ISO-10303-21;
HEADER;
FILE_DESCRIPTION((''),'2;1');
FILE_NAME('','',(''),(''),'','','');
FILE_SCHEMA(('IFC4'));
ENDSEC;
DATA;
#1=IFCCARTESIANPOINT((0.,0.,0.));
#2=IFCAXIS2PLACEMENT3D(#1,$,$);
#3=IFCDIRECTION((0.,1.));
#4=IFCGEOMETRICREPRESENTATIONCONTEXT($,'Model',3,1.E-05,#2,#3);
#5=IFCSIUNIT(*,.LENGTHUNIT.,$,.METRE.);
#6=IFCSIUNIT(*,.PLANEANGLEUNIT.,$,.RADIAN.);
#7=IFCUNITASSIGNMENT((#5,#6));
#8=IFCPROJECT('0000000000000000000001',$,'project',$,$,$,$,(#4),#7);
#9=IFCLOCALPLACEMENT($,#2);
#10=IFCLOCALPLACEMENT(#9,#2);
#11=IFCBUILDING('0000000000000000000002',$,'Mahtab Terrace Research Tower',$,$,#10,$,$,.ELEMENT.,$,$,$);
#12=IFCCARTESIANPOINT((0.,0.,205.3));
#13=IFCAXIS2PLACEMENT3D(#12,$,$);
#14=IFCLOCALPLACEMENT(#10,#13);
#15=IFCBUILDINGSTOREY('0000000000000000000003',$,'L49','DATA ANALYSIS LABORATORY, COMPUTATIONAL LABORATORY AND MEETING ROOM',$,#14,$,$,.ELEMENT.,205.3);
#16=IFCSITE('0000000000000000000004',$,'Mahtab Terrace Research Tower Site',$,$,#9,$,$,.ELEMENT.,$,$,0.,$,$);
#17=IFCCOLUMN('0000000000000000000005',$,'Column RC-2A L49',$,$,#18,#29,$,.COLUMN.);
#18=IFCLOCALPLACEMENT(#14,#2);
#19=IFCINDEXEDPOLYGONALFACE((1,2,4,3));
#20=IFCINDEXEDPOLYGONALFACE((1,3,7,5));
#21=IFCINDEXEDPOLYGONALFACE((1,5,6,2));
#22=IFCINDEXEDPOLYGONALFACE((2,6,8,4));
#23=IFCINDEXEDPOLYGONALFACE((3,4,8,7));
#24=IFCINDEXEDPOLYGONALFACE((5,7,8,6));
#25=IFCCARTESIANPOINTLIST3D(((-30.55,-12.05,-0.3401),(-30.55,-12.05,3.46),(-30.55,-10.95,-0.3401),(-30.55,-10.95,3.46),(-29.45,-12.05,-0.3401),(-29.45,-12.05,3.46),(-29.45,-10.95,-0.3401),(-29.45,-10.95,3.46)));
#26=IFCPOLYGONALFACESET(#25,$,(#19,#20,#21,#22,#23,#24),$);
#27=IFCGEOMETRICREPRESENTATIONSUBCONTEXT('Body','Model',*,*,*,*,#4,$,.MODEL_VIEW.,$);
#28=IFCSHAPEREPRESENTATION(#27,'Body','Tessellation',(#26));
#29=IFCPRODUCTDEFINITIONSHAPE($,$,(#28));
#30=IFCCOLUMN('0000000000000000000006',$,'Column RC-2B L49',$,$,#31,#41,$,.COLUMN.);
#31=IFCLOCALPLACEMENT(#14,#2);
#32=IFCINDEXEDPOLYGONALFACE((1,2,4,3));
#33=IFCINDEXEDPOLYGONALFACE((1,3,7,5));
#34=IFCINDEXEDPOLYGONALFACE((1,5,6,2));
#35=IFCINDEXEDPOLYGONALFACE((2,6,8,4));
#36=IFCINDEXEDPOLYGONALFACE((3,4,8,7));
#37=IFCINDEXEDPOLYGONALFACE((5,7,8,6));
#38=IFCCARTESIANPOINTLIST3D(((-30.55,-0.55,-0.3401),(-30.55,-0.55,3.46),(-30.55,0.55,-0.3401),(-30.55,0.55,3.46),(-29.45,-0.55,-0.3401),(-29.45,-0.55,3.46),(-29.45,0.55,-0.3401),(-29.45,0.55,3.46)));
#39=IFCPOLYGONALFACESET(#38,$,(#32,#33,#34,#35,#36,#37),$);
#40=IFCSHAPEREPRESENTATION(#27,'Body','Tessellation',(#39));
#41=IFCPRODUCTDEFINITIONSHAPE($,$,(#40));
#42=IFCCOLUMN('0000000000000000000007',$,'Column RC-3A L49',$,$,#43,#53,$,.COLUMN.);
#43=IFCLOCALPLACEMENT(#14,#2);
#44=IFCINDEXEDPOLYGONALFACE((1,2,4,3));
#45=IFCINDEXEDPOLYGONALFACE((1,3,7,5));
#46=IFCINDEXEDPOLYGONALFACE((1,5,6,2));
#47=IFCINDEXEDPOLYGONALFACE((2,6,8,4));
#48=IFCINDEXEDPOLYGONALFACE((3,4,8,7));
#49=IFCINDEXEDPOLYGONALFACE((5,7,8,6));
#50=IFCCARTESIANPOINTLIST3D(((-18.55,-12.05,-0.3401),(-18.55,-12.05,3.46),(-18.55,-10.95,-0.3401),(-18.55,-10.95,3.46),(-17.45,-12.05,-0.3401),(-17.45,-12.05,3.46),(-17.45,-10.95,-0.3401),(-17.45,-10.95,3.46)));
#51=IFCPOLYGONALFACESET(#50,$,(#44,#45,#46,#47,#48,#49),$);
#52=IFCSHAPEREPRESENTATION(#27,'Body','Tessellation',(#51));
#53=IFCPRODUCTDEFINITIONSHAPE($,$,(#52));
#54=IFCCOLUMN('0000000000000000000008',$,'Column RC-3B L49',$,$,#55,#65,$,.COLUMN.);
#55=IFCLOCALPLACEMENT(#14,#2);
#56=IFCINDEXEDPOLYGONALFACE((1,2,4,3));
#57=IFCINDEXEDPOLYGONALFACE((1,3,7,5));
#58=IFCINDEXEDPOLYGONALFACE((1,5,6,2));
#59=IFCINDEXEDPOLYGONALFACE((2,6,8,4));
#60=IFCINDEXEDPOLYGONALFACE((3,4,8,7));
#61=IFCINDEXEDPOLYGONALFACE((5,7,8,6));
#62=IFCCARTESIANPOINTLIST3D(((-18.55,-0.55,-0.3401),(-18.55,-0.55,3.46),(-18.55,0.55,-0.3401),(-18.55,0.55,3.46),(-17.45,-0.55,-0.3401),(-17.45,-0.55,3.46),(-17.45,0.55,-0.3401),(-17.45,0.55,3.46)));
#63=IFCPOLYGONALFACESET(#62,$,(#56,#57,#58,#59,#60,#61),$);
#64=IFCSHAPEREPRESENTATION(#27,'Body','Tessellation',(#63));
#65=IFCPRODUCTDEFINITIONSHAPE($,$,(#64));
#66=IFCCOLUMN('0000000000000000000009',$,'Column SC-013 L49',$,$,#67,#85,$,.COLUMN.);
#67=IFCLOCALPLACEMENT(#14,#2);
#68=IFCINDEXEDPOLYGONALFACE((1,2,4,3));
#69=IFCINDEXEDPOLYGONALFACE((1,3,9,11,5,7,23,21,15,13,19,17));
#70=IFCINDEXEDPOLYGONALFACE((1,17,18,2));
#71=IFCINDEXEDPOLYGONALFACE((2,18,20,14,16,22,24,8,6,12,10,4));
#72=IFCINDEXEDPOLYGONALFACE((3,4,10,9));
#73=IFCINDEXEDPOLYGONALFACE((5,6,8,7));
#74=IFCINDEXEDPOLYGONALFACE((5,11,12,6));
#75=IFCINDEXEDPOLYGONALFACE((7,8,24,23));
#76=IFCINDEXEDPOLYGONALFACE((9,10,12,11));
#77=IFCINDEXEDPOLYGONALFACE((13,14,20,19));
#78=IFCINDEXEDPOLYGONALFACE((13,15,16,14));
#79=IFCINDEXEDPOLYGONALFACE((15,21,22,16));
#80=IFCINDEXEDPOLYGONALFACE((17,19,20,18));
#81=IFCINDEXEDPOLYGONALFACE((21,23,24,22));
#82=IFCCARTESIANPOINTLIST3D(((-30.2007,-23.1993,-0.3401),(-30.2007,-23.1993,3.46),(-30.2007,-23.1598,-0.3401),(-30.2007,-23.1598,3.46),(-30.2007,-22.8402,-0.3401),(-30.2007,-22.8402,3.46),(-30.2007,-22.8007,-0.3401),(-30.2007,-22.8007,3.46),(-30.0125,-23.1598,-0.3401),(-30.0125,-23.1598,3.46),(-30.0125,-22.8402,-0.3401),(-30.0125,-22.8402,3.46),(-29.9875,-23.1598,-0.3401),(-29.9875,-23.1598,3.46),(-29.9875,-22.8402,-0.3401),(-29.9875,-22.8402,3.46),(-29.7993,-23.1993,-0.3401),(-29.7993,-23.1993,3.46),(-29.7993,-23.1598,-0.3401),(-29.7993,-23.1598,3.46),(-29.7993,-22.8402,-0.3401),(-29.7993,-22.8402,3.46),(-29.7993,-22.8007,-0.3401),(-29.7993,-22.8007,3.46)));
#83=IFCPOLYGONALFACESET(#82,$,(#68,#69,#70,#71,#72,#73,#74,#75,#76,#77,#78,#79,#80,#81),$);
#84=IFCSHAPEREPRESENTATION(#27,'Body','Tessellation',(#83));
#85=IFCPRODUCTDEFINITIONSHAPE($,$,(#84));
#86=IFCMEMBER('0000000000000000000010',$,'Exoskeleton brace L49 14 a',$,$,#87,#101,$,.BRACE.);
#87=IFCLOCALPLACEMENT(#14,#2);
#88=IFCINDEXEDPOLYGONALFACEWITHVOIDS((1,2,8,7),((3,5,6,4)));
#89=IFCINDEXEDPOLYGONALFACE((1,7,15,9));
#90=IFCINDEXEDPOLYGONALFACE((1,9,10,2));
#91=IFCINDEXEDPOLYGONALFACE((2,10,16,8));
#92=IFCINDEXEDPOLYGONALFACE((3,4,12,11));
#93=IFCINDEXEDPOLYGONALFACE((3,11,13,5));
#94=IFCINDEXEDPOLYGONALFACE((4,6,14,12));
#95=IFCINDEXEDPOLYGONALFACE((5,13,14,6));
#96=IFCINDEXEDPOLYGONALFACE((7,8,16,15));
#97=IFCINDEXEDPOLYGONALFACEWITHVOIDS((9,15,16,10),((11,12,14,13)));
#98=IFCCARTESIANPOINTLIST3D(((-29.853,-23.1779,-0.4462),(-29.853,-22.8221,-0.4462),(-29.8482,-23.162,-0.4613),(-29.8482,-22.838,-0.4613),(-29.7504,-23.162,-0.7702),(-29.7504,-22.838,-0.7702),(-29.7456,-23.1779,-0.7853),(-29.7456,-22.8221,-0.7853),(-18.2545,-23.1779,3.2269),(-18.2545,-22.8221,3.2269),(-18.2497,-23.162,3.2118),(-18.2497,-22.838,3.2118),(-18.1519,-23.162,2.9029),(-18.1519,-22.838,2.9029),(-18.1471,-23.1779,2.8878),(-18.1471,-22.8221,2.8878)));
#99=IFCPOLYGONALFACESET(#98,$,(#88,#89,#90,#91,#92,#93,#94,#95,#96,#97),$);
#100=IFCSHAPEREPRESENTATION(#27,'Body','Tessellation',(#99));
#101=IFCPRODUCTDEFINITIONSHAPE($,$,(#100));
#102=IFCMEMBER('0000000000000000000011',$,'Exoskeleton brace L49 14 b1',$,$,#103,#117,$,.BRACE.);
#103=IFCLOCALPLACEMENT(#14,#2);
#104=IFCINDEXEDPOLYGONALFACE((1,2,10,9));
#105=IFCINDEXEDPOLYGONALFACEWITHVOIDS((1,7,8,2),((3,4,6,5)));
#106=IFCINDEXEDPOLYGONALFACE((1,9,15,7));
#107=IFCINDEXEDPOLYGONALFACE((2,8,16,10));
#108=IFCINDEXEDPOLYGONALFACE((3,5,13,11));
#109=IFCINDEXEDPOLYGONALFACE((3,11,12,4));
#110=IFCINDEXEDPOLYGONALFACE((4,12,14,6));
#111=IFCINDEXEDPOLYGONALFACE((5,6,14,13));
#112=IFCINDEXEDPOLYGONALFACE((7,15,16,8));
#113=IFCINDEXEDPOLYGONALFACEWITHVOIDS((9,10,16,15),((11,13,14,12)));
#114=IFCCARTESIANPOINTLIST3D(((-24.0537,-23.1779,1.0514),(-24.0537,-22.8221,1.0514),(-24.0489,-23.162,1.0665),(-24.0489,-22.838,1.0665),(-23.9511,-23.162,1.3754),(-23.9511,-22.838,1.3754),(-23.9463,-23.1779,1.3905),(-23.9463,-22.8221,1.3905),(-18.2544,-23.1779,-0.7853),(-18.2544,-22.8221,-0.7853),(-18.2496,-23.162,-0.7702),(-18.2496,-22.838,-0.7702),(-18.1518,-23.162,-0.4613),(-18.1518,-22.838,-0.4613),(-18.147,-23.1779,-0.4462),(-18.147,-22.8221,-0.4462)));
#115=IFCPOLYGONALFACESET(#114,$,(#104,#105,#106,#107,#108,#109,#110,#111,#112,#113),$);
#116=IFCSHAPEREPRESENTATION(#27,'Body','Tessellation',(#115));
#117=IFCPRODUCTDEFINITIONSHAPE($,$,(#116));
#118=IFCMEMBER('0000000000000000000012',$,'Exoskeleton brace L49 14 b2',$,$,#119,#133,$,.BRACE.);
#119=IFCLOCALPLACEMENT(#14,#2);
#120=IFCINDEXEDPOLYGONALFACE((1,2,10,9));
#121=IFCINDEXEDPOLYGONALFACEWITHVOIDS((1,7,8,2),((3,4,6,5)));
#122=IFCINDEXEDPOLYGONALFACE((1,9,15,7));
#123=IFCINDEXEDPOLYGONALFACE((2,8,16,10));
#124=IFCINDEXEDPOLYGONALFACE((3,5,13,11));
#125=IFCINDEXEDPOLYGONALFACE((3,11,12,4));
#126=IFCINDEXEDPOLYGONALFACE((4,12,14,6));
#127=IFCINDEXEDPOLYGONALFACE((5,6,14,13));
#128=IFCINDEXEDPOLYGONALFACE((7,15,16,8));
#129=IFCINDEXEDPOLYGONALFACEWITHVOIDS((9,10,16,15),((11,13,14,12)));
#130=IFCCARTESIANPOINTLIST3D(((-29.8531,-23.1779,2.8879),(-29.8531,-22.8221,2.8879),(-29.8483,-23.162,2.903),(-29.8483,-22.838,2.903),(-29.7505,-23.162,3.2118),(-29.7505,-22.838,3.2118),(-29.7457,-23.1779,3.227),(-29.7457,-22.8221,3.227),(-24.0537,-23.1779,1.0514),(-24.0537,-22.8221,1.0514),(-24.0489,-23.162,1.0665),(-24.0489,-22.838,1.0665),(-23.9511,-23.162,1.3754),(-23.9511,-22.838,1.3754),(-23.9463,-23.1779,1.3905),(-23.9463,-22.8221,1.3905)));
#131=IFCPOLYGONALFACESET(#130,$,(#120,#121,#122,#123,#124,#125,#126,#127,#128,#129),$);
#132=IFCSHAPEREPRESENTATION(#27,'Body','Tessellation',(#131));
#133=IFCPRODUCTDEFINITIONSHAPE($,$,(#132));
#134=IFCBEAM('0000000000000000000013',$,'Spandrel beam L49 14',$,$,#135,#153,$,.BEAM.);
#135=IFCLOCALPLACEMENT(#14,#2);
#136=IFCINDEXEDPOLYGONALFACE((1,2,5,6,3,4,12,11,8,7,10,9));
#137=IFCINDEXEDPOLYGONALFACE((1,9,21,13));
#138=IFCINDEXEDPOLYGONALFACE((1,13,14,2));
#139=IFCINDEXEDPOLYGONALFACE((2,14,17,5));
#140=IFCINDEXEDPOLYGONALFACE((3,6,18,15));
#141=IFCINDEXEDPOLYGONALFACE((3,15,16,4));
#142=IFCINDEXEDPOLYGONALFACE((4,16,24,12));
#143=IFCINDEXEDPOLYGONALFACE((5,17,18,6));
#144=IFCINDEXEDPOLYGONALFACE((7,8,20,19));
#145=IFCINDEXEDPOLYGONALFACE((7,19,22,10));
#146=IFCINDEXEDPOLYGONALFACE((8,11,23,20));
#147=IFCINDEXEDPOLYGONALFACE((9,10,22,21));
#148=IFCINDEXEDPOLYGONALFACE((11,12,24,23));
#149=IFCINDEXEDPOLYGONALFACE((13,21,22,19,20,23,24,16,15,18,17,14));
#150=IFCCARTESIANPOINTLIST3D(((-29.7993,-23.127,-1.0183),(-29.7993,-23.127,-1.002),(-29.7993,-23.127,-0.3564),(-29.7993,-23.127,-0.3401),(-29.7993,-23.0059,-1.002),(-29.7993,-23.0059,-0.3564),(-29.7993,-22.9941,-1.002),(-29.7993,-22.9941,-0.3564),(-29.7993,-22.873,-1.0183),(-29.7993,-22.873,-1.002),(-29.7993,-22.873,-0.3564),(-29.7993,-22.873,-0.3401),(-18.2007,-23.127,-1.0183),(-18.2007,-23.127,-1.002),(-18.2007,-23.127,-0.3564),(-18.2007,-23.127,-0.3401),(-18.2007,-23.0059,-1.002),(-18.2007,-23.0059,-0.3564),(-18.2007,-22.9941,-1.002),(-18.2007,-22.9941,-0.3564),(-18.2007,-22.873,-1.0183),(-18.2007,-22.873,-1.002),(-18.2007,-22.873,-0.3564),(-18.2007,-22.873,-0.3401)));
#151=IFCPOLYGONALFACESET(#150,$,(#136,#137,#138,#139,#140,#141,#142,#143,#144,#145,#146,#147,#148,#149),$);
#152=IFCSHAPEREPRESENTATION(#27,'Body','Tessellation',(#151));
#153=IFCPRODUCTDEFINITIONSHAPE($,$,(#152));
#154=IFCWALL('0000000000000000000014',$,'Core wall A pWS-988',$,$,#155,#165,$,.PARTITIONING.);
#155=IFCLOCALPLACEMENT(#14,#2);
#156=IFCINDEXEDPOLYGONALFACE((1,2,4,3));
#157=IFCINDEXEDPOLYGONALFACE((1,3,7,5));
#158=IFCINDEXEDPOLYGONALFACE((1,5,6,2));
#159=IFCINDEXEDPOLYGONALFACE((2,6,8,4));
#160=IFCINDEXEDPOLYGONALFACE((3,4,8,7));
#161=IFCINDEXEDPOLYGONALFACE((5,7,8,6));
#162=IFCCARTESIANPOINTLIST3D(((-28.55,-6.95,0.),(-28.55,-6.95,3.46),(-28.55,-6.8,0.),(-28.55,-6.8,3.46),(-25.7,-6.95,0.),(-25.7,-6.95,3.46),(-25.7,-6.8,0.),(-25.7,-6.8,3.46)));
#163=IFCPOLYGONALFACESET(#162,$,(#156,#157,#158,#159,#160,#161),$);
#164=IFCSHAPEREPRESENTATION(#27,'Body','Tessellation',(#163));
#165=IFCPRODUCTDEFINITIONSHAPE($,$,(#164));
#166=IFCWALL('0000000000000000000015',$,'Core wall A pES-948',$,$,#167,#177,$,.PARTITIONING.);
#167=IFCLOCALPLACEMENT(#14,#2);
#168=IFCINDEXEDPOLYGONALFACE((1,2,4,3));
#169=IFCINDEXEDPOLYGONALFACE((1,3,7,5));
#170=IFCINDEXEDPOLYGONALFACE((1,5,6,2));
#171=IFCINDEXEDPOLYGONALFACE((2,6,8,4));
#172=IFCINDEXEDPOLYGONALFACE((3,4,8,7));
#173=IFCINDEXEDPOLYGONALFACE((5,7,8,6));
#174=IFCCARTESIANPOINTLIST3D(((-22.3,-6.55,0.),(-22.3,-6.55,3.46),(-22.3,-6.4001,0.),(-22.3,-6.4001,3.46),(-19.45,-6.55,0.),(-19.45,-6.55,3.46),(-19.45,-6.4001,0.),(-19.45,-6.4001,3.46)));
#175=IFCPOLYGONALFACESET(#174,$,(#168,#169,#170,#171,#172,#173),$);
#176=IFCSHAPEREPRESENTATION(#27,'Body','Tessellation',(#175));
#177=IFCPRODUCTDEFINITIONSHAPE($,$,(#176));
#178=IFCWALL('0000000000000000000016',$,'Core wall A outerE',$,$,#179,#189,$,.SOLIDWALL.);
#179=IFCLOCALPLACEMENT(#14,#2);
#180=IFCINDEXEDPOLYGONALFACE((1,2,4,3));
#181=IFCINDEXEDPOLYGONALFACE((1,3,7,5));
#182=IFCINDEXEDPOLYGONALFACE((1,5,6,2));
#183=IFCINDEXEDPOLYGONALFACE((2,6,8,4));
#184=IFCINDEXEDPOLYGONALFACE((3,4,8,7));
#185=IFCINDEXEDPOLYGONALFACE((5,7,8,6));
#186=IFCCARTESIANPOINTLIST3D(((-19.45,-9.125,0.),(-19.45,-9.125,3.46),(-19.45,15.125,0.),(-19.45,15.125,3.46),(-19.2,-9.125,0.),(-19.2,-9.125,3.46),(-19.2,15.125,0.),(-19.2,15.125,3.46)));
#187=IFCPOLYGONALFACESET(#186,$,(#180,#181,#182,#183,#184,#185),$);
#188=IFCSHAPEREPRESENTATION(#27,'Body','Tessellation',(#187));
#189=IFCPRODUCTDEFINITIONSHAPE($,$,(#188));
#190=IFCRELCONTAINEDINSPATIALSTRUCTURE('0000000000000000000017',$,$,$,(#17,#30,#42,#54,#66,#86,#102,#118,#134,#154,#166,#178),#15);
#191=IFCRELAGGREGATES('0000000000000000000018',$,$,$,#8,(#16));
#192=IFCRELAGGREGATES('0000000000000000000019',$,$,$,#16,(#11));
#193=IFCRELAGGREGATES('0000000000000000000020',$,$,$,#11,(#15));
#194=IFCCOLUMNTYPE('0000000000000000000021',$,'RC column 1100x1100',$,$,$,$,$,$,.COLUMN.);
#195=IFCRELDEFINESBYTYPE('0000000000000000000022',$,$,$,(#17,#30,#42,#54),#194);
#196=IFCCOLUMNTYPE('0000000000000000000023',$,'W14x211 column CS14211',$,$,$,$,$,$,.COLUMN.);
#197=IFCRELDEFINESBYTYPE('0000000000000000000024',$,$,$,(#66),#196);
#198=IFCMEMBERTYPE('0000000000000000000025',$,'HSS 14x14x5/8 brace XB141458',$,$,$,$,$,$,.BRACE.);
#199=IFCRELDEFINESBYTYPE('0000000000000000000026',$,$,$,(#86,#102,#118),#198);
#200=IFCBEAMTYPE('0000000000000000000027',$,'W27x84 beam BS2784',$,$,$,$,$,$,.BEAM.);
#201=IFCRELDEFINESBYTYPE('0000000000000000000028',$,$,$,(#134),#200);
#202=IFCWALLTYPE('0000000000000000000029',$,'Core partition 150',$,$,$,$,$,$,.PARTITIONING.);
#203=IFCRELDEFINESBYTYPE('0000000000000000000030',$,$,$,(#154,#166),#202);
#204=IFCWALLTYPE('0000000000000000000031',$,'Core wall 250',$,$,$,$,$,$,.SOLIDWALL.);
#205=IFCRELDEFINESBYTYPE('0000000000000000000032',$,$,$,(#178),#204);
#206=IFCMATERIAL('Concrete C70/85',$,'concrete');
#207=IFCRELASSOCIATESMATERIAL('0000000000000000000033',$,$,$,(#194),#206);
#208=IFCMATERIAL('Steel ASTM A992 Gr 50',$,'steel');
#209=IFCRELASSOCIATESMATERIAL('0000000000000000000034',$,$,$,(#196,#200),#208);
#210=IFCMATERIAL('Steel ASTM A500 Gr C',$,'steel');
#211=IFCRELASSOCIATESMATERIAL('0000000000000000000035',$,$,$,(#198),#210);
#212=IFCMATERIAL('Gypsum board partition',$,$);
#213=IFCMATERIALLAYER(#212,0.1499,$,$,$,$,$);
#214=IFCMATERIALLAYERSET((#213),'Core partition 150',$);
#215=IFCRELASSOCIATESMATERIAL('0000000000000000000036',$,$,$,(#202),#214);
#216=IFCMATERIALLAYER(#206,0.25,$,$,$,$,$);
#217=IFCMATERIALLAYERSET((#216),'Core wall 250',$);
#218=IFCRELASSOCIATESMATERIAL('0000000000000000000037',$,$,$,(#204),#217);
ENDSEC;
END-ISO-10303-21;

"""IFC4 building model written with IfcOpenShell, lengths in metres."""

from ifc_helpers import new_model, si_unit, direction, frame, frame_2d, origin, origin_2d, place, context, subcontext, project, spatial, rectangle, hollow_rectangle, i_section, extrude, material, layer, layer_set, material_profile, profile_set, type_object, element, save


model = new_model("IFC4")

# Units and contexts
model_context = context("Model", 3, precision=1e-05, world=origin(), true_north=direction((0.0, 1.0)))
body_context = subcontext(model_context, "Body", "Model", "MODEL_VIEW")
ifc_project = project(units=[si_unit("LENGTHUNIT", "METRE"), si_unit("PLANEANGLEUNIT", "RADIAN")], contexts=[model_context])

# Site, building, storey
site_placement = place(None, origin())
site = spatial("IfcSite", under=ifc_project, at=site_placement, Name="Mahtab Terrace Research Tower Site", CompositionType="ELEMENT", RefElevation=0.0)
building_placement = place(site_placement, origin())
building = spatial("IfcBuilding", under=site, at=building_placement, Name="Mahtab Terrace Research Tower", CompositionType="ELEMENT")
storey_placement = place(building_placement, frame((0.0, 0.0, 205.3)))
storey = spatial("IfcBuildingStorey", under=building, at=storey_placement, Name="L49", Description="DATA ANALYSIS LABORATORY, COMPUTATIONAL LABORATORY AND MEETING ROOM", CompositionType="ELEMENT", Elevation=205.3)

# Columns
ifc_material_1 = material(Name="Concrete C70/85", Category="concrete")
ifc_material_profile_1 = material_profile(ifc_material_1, rectangle(XDim=1.1001, YDim=1.1001, at=origin_2d()), Name="RC column 1100x1100")
ifc_profile_set_1 = profile_set([ifc_material_profile_1], Name="Concrete C70/85")
column_type_1 = type_object("IfcColumnType", Name="RC column 1100x1100", PredefinedType="COLUMN", material=ifc_profile_set_1)
for number, where, z_axis, x_axis, name in (
    (1, (-30.0, -11.5, -0.3401), (0.0, 0.0, 1.0), (1.0, 0.0, 0.0), "Column RC-2A L49"),
    (2, (-30.0, 0.0, -0.3401), (0.0, 0.0, 1.0), (1.0, 0.0, 0.0), "Column RC-2B L49"),
    (3, (-18.0, -11.5, -0.3401), (0.0, 0.0, 1.0), (1.0, 0.0, 0.0), "Column RC-3A L49"),
    (4, (-18.0, 0.0, -0.3401), (0.0, 0.0, 1.0), (1.0, 0.0, 0.0), "Column RC-3B L49"),
):
    element("IfcColumn", number, at=place(storey_placement, frame(where, z_axis=z_axis, x_axis=x_axis)), inside=storey, type_object=column_type_1, Name=name, PredefinedType="COLUMN", context=body_context, shape_type="SweptSolid", body=[
        extrude(rectangle(XDim=1.1001, YDim=1.1001, at=origin_2d()), origin(), (0.0, 0.0, 1.0), 3.8),
    ])
ifc_material_2 = material(Name="Steel ASTM A992 Gr 50", Category="steel")
ifc_material_profile_2 = material_profile(ifc_material_2, i_section(OverallWidth=0.4014, OverallDepth=0.3987, WebThickness=0.0249, FlangeThickness=0.0396, at=origin_2d()), Name="W14X211")
ifc_profile_set_2 = profile_set([ifc_material_profile_2], Name="Steel ASTM A992 Gr 50")
column_type_2 = type_object("IfcColumnType", Name="W14x211 column CS14211", PredefinedType="COLUMN", material=ifc_profile_set_2)
column_placement = place(storey_placement, frame((-30.0, -23.0, -0.3401), z_axis=(0.0, 0.0, 1.0), x_axis=(1.0, 0.0, 0.0)))
element("IfcColumn", 5, at=column_placement, inside=storey, type_object=column_type_2, Name="Column SC-013 L49", PredefinedType="COLUMN", context=body_context, shape_type="SweptSolid", body=[
    extrude(i_section(OverallWidth=0.4014, OverallDepth=0.3987, WebThickness=0.0249, FlangeThickness=0.0396, at=origin_2d()), origin(), (0.0, 0.0, 1.0), 3.8),
])

# Members
ifc_material_3 = material(Name="Steel ASTM A500 Gr C", Category="steel")
ifc_material_profile_3 = material_profile(ifc_material_3, hollow_rectangle(XDim=0.3557, YDim=0.3557, WallThickness=0.0159, at=origin_2d()), Name="HSS14X14X5/8")
ifc_profile_set_3 = profile_set([ifc_material_profile_3], Name="Steel ASTM A500 Gr C")
member_type = type_object("IfcMemberType", Name="HSS 14x14x5/8 brace XB141458", PredefinedType="BRACE", material=ifc_profile_set_3)
member_placement = place(storey_placement, frame((-29.7993, -23.0, -0.6157), z_axis=(0.953338, 0.0, 0.301906), x_axis=(0.0, 1.0, 0.0)))
element("IfcMember", 6, at=member_placement, inside=storey, type_object=member_type, Name="Exoskeleton brace L49 14 a", PredefinedType="BRACE", context=body_context, shape_type="SweptSolid", body=[
    extrude(hollow_rectangle(XDim=0.3557, YDim=0.3557, WallThickness=0.0159, at=origin_2d()), origin(), (0.0, 0.0, 1.0), 12.1663),
])
for number, where, z_axis, x_axis, name in (
    (7, (-18.2007, -23.0, -0.6157), (-0.953332, 0.0, 0.301925), (0.0, -1.0, 0.0), "Exoskeleton brace L49 14 b1"),
    (8, (-24.0, -23.0, 1.2209), (-0.953343, 0.0, 0.301888), (0.0, -1.0, 0.0), "Exoskeleton brace L49 14 b2"),
):
    element("IfcMember", number, at=place(storey_placement, frame(where, z_axis=z_axis, x_axis=x_axis)), inside=storey, type_object=member_type, Name=name, PredefinedType="BRACE", context=body_context, shape_type="SweptSolid", body=[
        extrude(hollow_rectangle(XDim=0.3557, YDim=0.3557, WallThickness=0.0159, at=origin_2d()), origin(), (0.0, 0.0, 1.0), 6.0833),
    ])

# Beam
ifc_material_profile_4 = material_profile(ifc_material_2, i_section(OverallWidth=0.2539, OverallDepth=0.6782, WebThickness=0.0117, FlangeThickness=0.0164, at=origin_2d()), Name="W27X84")
ifc_profile_set_4 = profile_set([ifc_material_profile_4], Name="Steel ASTM A992 Gr 50")
beam_type = type_object("IfcBeamType", Name="W27x84 beam BS2784", PredefinedType="BEAM", material=ifc_profile_set_4)
beam_placement = place(storey_placement, frame((-29.7993, -23.0, -0.6792), z_axis=(1.0, 0.0, 0.0), x_axis=(0.0, 1.0, 0.0)))
element("IfcBeam", 9, at=beam_placement, inside=storey, type_object=beam_type, Name="Spandrel beam L49 14", PredefinedType="BEAM", context=body_context, shape_type="SweptSolid", body=[
    extrude(i_section(OverallWidth=0.2539, OverallDepth=0.6782, WebThickness=0.0117, FlangeThickness=0.0164, at=origin_2d()), origin(), (0.0, 0.0, 1.0), 11.5986),
])

# Walls
ifc_material_4 = material(Name="Gypsum board partition")
ifc_layer_1 = layer(ifc_material_4, 0.1499)
ifc_layer_set_1 = layer_set([ifc_layer_1], Name="Core partition 150")
wall_type_1 = type_object("IfcWallType", Name="Core partition 150", PredefinedType="PARTITIONING", material=ifc_layer_set_1)
for number, where, z_axis, x_axis, name in (
    (10, (-28.55, -6.875, 0.0), (0.0, 0.0, 1.0), (1.0, 0.0, 0.0), "Core wall A pWS-988"),
    (11, (-22.3, -6.4751, 0.0), (0.0, 0.0, 1.0), (1.0, 0.0, 0.0), "Core wall A pES-948"),
):
    element("IfcWall", number, at=place(storey_placement, frame(where, z_axis=z_axis, x_axis=x_axis)), inside=storey, type_object=wall_type_1, Name=name, PredefinedType="PARTITIONING", context=body_context, shape_type="SweptSolid", body=[
        extrude(rectangle(XDim=2.8501, YDim=0.1499, at=frame_2d((1.425, 0.0))), origin(), (0.0, 0.0, 1.0), 3.46),
    ])
ifc_layer_2 = layer(ifc_material_1, 0.25)
ifc_layer_set_2 = layer_set([ifc_layer_2], Name="Core wall 250")
wall_type_2 = type_object("IfcWallType", Name="Core wall 250", PredefinedType="SOLIDWALL", material=ifc_layer_set_2)
wall_1_placement = place(storey_placement, frame((-19.325, -9.125, 0.0), z_axis=(0.0, 0.0, 1.0), x_axis=(0.0, 1.0, 0.0)))
element("IfcWall", 12, at=wall_1_placement, inside=storey, type_object=wall_type_2, Name="Core wall A outerE", PredefinedType="SOLIDWALL", context=body_context, shape_type="SweptSolid", body=[
    extrude(rectangle(XDim=24.25, YDim=0.25, at=frame_2d((12.125, 0.0))), origin(), (0.0, 0.0, 1.0), 3.46),
])

save(model, "model.ifc")
